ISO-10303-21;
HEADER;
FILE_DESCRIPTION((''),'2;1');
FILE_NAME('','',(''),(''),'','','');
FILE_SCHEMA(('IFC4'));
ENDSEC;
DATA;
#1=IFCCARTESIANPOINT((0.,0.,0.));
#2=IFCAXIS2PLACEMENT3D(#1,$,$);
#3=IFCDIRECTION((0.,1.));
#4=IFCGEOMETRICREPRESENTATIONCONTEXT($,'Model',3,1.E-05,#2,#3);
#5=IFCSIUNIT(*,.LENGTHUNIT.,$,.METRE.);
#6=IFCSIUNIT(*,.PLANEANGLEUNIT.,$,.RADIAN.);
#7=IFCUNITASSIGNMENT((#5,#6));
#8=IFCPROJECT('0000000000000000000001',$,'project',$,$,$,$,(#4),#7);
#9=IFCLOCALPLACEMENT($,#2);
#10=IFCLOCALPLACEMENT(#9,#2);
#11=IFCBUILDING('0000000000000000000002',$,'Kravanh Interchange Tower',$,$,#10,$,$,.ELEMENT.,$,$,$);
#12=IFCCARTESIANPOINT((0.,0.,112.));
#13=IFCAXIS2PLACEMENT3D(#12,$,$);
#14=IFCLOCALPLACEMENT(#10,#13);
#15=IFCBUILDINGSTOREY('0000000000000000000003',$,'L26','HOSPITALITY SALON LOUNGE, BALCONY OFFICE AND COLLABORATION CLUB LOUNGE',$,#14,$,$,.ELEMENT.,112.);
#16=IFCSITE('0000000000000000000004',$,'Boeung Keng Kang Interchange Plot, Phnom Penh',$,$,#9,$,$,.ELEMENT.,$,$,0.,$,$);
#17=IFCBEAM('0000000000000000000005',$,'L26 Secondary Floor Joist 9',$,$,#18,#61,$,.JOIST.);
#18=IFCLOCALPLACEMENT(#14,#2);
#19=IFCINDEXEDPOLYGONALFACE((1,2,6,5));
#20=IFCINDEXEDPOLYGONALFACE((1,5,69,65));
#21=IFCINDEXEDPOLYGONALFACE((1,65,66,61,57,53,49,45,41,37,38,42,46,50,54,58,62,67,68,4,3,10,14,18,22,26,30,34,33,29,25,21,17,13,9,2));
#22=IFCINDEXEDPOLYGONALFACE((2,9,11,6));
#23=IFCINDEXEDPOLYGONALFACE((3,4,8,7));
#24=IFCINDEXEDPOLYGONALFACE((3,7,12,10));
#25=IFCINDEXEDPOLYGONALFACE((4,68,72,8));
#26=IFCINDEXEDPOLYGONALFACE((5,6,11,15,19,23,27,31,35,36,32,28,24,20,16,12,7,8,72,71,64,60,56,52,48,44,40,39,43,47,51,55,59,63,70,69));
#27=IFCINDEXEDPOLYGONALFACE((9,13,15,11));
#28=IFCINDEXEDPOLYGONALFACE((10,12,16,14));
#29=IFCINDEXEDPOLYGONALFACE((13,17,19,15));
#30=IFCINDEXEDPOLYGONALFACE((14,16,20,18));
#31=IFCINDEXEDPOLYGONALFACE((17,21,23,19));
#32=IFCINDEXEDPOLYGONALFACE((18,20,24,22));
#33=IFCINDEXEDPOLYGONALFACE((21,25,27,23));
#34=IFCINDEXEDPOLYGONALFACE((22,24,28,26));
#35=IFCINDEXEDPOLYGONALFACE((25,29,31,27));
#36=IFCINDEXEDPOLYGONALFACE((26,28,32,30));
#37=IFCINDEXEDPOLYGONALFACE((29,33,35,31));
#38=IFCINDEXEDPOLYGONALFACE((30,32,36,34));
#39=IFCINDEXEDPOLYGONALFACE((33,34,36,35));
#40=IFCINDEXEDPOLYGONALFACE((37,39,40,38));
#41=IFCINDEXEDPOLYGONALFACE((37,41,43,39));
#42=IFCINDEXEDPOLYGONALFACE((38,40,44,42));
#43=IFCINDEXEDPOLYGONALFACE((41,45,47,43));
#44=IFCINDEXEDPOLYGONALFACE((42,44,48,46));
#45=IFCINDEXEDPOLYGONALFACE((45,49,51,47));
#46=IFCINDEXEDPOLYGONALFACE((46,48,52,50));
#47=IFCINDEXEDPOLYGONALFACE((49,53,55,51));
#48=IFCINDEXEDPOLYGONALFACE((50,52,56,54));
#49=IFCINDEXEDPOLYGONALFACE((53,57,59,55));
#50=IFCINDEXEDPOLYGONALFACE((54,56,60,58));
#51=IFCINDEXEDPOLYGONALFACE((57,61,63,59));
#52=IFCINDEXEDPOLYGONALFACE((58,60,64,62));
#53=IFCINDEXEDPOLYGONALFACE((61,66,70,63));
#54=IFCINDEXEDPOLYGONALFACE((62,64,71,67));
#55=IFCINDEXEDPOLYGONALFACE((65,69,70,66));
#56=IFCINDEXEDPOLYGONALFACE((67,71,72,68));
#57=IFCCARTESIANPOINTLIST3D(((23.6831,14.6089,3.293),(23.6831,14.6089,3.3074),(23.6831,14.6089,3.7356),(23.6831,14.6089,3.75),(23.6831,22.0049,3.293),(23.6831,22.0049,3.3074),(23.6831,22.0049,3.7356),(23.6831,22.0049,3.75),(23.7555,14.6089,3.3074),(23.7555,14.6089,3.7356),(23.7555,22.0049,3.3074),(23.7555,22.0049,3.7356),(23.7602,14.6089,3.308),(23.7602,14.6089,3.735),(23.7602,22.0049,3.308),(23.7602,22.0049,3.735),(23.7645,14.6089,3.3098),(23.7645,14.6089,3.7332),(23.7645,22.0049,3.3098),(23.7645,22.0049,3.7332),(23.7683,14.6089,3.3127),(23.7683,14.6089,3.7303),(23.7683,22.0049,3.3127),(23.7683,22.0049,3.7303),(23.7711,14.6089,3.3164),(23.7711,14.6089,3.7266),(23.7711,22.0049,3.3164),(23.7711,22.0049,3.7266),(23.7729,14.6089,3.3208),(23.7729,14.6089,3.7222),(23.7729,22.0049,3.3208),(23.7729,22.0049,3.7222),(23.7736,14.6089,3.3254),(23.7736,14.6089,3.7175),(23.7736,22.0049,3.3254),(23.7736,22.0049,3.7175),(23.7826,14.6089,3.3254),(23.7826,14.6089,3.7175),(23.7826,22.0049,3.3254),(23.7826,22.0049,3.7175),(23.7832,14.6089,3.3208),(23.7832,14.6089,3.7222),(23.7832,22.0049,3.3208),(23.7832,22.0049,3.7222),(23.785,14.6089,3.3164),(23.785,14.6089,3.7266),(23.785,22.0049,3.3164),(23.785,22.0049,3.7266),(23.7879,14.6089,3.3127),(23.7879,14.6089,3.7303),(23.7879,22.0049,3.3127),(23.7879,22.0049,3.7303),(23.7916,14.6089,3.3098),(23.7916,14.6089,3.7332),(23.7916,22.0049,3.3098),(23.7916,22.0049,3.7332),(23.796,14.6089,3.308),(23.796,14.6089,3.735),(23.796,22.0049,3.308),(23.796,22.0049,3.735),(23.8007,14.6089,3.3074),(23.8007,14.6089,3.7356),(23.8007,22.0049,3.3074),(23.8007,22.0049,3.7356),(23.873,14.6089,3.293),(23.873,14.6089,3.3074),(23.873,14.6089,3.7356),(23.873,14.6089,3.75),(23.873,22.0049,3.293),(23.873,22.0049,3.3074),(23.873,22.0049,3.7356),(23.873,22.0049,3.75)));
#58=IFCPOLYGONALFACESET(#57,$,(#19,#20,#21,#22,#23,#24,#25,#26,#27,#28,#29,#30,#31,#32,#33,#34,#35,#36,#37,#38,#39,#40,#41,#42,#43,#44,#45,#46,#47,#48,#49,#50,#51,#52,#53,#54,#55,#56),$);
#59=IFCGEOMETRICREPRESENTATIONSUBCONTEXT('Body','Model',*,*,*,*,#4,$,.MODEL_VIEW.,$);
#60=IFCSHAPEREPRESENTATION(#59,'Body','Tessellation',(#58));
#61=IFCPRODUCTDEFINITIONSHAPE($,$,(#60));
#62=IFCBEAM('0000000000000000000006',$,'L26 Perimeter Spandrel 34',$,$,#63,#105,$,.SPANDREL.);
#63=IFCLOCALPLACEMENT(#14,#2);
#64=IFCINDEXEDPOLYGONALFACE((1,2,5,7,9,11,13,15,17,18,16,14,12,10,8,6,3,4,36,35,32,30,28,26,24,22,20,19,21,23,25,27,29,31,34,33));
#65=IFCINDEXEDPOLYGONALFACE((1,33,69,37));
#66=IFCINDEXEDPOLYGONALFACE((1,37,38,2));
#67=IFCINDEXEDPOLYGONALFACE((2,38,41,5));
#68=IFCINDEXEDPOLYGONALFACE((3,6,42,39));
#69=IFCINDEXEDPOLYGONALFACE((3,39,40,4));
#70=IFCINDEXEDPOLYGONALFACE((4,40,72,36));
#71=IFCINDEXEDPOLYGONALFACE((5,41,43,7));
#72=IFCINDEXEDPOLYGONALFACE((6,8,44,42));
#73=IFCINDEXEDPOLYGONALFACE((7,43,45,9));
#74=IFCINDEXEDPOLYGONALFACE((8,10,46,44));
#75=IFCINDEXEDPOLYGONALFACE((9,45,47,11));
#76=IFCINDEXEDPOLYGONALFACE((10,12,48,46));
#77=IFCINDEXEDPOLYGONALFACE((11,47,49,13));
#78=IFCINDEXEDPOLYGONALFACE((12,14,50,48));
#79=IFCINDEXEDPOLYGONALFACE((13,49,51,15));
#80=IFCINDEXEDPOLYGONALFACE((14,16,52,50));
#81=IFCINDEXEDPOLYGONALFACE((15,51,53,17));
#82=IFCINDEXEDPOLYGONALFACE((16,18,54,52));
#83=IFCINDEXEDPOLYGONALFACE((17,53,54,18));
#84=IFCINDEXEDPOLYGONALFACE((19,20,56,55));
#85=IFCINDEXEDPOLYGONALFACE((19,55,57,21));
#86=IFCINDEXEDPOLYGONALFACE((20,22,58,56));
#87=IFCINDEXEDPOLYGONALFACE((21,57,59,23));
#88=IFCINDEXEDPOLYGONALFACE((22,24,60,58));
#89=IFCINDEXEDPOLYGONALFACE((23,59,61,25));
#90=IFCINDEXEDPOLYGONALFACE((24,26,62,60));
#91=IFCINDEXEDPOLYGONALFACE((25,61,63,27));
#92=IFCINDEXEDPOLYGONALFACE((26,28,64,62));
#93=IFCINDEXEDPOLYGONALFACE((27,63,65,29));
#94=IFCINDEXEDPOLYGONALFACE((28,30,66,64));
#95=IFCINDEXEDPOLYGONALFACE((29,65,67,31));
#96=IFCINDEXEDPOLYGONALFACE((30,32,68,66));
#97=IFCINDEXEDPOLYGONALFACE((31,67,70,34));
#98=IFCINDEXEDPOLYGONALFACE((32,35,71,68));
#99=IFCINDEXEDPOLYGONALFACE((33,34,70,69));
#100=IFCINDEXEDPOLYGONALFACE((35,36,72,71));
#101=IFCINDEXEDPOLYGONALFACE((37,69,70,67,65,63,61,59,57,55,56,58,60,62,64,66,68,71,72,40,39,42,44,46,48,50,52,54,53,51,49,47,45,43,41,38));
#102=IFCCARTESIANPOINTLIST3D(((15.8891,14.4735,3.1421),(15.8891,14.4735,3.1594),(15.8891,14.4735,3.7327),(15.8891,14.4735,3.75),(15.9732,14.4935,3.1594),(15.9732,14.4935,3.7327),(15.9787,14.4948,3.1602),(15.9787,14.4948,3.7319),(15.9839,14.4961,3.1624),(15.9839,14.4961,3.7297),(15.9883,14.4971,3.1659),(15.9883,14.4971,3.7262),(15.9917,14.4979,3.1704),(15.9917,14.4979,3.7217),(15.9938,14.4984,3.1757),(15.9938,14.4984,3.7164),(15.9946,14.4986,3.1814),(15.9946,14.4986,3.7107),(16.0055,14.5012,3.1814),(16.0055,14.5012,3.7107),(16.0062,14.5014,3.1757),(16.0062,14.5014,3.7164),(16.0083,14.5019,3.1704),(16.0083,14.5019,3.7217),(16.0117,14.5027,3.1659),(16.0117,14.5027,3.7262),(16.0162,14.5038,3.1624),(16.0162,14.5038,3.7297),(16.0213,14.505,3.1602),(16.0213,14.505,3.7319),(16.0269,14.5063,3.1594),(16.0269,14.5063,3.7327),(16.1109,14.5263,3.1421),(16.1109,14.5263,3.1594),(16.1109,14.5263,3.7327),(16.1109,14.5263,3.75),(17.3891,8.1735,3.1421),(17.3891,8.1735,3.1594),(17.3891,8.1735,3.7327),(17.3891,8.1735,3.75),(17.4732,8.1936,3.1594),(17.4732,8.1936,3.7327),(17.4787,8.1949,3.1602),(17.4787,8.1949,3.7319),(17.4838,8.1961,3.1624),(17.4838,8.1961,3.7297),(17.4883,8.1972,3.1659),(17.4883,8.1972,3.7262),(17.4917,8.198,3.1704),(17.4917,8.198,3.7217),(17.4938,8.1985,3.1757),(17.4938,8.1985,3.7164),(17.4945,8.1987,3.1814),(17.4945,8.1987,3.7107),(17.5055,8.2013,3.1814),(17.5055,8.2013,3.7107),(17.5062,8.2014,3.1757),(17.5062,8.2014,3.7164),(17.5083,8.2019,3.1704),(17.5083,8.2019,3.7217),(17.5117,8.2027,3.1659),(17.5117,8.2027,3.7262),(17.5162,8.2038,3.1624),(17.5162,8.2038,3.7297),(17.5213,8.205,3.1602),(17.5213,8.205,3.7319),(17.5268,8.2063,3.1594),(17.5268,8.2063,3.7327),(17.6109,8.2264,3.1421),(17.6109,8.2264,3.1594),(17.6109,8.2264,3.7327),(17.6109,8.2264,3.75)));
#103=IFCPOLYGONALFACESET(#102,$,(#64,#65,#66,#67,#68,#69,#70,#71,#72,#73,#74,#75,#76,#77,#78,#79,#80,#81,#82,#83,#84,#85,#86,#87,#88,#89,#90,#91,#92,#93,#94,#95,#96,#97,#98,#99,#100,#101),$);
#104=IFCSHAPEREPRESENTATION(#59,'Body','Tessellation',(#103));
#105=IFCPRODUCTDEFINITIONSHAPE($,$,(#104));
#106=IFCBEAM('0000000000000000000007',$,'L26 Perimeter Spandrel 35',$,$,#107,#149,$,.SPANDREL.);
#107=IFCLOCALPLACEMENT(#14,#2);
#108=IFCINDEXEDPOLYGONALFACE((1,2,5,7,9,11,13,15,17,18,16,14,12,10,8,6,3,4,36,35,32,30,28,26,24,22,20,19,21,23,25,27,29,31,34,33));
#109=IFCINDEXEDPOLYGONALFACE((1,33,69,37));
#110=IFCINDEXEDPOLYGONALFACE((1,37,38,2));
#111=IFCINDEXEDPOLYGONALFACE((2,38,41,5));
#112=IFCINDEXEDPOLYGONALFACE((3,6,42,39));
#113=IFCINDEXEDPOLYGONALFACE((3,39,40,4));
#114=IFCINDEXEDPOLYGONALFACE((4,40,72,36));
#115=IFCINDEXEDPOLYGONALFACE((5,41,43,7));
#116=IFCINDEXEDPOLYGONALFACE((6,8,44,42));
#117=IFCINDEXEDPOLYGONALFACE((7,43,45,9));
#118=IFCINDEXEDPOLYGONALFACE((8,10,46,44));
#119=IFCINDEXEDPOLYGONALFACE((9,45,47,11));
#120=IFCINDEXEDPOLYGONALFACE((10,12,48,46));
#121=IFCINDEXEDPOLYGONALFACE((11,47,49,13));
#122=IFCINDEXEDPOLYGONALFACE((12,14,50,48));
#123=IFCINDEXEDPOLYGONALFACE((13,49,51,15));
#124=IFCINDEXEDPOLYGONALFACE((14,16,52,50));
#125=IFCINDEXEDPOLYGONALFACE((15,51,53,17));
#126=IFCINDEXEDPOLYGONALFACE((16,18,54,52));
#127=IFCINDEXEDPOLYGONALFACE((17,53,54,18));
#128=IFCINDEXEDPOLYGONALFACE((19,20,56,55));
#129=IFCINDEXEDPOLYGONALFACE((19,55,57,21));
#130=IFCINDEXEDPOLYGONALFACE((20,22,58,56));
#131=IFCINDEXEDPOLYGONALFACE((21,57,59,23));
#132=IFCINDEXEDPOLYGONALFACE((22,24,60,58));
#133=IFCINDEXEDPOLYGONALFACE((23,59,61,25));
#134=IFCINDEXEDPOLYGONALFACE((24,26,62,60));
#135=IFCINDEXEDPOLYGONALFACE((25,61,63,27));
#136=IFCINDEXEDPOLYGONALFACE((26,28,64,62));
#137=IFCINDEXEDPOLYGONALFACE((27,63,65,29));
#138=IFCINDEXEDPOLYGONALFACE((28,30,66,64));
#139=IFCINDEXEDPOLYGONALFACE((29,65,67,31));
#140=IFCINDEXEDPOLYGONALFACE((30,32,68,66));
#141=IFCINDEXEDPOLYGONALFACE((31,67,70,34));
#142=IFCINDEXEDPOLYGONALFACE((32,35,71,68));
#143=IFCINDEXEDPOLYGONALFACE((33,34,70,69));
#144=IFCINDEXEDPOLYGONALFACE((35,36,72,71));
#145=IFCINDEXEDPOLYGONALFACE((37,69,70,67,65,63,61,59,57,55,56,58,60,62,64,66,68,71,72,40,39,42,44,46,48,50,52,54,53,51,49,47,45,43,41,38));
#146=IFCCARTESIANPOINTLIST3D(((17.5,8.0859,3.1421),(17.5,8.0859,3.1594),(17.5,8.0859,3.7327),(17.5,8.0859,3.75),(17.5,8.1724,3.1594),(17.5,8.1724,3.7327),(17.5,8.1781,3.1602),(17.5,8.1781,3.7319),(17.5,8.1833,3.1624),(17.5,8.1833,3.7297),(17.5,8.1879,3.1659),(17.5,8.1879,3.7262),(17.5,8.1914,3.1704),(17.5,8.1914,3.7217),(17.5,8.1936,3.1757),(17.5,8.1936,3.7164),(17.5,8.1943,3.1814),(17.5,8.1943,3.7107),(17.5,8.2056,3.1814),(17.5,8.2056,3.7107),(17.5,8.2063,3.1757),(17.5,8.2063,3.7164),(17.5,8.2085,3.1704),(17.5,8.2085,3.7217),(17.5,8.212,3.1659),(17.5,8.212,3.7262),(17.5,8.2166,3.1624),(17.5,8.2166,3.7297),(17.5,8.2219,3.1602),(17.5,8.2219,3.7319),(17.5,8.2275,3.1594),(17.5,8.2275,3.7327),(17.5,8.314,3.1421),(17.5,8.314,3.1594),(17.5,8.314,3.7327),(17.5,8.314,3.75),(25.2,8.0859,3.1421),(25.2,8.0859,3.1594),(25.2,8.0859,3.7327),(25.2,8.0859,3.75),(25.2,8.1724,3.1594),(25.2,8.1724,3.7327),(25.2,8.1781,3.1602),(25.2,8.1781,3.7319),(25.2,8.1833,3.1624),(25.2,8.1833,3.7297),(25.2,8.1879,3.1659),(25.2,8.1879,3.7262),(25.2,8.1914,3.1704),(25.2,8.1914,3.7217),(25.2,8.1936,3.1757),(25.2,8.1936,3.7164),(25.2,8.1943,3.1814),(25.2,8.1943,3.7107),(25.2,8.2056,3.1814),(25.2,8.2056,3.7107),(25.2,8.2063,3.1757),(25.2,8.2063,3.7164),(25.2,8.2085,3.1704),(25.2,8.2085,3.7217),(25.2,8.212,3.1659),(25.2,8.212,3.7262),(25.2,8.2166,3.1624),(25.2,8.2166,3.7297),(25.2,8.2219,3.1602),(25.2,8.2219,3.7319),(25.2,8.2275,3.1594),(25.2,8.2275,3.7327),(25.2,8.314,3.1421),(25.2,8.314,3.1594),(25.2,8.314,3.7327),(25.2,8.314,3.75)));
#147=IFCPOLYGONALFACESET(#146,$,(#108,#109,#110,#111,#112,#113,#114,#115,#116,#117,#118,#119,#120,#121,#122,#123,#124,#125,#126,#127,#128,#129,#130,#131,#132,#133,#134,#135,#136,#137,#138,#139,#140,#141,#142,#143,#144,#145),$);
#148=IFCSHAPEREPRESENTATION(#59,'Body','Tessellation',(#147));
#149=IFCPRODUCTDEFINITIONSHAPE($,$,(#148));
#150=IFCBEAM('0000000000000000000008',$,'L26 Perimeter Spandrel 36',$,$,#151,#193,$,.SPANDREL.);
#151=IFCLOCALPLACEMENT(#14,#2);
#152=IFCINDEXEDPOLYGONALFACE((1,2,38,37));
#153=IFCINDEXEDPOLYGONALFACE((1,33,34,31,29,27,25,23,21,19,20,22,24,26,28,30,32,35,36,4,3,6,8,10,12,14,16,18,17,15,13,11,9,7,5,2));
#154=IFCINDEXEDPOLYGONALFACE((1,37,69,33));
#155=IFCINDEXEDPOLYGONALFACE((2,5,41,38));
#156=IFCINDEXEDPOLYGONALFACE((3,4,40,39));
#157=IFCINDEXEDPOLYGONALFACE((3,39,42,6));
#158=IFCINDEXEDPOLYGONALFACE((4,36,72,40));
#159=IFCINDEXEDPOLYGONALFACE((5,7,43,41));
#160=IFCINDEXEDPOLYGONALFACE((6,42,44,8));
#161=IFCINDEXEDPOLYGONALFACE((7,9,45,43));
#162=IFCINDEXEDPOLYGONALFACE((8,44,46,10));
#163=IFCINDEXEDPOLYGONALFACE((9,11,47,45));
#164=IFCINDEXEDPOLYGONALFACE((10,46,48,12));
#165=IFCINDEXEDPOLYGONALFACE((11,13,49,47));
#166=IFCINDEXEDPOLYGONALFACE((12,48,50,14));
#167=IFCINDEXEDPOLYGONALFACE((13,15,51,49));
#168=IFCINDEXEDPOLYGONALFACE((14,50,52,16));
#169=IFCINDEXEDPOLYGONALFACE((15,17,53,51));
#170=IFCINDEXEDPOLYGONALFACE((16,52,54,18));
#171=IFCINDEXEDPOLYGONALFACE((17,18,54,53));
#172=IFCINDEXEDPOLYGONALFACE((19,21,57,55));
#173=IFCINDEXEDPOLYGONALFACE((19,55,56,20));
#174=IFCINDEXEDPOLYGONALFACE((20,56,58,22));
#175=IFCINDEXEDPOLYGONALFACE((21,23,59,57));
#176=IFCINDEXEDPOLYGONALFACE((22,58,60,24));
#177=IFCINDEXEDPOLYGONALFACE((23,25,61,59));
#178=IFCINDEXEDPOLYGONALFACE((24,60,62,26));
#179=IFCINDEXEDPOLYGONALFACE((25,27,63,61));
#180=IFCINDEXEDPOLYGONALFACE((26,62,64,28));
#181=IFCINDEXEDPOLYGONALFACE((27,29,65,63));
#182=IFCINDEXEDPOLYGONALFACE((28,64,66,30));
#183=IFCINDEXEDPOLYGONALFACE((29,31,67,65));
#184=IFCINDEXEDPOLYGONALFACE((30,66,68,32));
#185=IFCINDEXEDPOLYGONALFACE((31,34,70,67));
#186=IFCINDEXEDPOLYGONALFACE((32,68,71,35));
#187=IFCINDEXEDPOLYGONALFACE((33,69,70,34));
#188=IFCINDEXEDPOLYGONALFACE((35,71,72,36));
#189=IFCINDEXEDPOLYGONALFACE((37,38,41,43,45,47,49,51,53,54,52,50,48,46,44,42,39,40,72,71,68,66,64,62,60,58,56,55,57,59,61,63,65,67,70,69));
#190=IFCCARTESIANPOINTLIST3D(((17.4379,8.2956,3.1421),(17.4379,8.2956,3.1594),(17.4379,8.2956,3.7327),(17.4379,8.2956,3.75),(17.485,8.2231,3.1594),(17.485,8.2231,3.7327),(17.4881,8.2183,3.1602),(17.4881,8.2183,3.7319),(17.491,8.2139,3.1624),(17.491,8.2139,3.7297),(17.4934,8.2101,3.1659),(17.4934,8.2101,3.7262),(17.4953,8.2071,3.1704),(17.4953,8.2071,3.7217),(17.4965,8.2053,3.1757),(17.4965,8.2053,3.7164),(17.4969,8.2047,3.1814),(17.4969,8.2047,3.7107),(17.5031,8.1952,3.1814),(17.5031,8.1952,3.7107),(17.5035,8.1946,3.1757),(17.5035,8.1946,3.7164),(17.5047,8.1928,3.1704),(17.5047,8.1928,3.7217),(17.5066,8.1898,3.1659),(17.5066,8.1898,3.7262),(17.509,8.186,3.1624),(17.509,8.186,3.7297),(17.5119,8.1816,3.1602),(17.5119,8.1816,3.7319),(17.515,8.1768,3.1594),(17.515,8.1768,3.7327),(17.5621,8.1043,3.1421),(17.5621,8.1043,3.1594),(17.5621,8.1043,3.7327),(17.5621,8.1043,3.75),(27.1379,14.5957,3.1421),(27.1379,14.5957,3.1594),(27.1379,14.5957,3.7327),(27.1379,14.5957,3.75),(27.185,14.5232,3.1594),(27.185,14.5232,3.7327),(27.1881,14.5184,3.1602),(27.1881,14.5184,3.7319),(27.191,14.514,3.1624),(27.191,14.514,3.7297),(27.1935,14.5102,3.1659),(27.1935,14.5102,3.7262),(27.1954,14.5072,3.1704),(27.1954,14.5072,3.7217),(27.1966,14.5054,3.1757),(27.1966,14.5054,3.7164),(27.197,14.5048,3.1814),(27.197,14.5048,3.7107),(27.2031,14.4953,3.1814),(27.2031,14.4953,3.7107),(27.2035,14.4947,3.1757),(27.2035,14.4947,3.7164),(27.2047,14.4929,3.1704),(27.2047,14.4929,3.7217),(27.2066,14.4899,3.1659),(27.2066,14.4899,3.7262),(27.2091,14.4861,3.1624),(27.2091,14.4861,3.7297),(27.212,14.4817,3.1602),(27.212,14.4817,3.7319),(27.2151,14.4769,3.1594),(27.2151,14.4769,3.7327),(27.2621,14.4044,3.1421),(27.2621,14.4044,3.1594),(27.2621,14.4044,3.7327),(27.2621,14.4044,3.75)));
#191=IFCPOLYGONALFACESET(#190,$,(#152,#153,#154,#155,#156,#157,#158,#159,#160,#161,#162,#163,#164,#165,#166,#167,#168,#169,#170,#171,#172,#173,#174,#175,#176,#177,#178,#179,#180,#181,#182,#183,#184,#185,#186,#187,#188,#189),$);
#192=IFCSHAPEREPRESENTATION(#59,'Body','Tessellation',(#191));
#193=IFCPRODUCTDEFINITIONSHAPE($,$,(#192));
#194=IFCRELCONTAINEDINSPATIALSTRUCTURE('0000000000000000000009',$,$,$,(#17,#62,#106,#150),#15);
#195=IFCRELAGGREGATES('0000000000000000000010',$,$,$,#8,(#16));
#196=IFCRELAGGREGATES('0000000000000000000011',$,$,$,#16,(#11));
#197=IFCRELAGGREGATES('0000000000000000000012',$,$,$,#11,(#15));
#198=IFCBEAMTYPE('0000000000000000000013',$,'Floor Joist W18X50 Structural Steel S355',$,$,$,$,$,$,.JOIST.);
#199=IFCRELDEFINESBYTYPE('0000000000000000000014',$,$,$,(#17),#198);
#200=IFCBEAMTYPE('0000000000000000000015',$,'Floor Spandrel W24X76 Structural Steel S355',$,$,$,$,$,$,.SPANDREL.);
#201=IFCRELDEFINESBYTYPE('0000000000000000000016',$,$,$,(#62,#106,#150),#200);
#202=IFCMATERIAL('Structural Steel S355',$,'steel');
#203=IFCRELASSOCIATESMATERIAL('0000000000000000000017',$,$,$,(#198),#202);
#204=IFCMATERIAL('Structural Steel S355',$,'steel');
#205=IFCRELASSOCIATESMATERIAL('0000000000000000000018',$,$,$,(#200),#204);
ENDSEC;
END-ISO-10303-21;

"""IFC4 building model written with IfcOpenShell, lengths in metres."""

from ifc_helpers import new_model, si_unit, direction, frame, origin, origin_2d, place, context, subcontext, project, spatial, i_section, extrude, material, material_profile, profile_set, type_object, element, save


model = new_model("IFC4")

# Units and contexts
model_context = context("Model", 3, precision=1e-05, world=origin(), true_north=direction((0.0, 1.0)))
body_context = subcontext(model_context, "Body", "Model", "MODEL_VIEW")
ifc_project = project(units=[si_unit("LENGTHUNIT", "METRE"), si_unit("PLANEANGLEUNIT", "RADIAN")], contexts=[model_context])

# Site, building, storey
site_placement = place(None, origin())
site = spatial("IfcSite", under=ifc_project, at=site_placement, Name="Boeung Keng Kang Interchange Plot, Phnom Penh", CompositionType="ELEMENT", RefElevation=0.0)
building_placement = place(site_placement, origin())
building = spatial("IfcBuilding", under=site, at=building_placement, Name="Kravanh Interchange Tower", CompositionType="ELEMENT")
storey_placement = place(building_placement, frame((0.0, 0.0, 112.0)))
storey = spatial("IfcBuildingStorey", under=building, at=storey_placement, Name="L26", Description="HOSPITALITY SALON LOUNGE, BALCONY OFFICE AND COLLABORATION CLUB LOUNGE", CompositionType="ELEMENT", Elevation=112.0)

# Beams
ifc_material_1 = material(Name="Structural Steel S355", Category="steel")
ifc_material_profile_1 = material_profile(ifc_material_1, i_section(OverallWidth=0.1899, OverallDepth=0.457, WebThickness=0.009, FlangeThickness=0.0144, FilletRadius=0.0181, at=origin_2d()), Name="W18X50")
ifc_profile_set_1 = profile_set([ifc_material_profile_1], Name="Structural Steel S355")
beam_type_1 = type_object("IfcBeamType", Name="Floor Joist W18X50 Structural Steel S355", PredefinedType="JOIST", material=ifc_profile_set_1)
for number, where, z_axis, x_axis, name in (
    (1, (23.7781, 14.6089, 3.5215), (0.0, 1.0, 0.0), (-1.0, 0.0, 0.0), "L26 Secondary Floor Joist 9"),
):
    element("IfcBeam", number, at=place(storey_placement, frame(where, z_axis=z_axis, x_axis=x_axis)), inside=storey, type_object=beam_type_1, Name=name, PredefinedType="JOIST", context=body_context, shape_type="SweptSolid", body=[
        extrude(i_section(OverallWidth=0.1899, OverallDepth=0.457, WebThickness=0.009, FlangeThickness=0.0144, FilletRadius=0.0181, at=origin_2d()), origin(), (0.0, 0.0, 1.0), 7.396),
    ])
ifc_material_2 = material(Name="Structural Steel S355", Category="steel")
ifc_material_profile_2 = material_profile(ifc_material_2, i_section(OverallWidth=0.228, OverallDepth=0.6079, WebThickness=0.0112, FlangeThickness=0.0173, FilletRadius=0.022, at=origin_2d()), Name="W24X76")
ifc_profile_set_2 = profile_set([ifc_material_profile_2], Name="Structural Steel S355")
beam_type_2 = type_object("IfcBeamType", Name="Floor Spandrel W24X76 Structural Steel S355", PredefinedType="SPANDREL", material=ifc_profile_set_2)
beam_1_placement = place(storey_placement, frame((17.5, 8.2, 3.446), z_axis=(-0.231619, 0.972807, 0.0), x_axis=(-0.972807, -0.231619, 0.0)))
element("IfcBeam", 2, at=beam_1_placement, inside=storey, type_object=beam_type_2, Name="L26 Perimeter Spandrel 34", PredefinedType="SPANDREL", context=body_context, shape_type="SweptSolid", body=[
    extrude(i_section(OverallWidth=0.228, OverallDepth=0.6079, WebThickness=0.0112, FlangeThickness=0.0173, FilletRadius=0.022, at=origin_2d()), origin(), (0.0, 0.0, 1.0), 6.4761),
])
beam_2_placement = place(storey_placement, frame((17.5, 8.2, 3.446), z_axis=(1.0, 0.0, 0.0), x_axis=(0.0, 1.0, 0.0)))
element("IfcBeam", 3, at=beam_2_placement, inside=storey, type_object=beam_type_2, Name="L26 Perimeter Spandrel 35", PredefinedType="SPANDREL", context=body_context, shape_type="SweptSolid", body=[
    extrude(i_section(OverallWidth=0.228, OverallDepth=0.6079, WebThickness=0.0112, FlangeThickness=0.0173, FilletRadius=0.022, at=origin_2d()), origin(), (0.0, 0.0, 1.0), 7.7),
])
beam_3_placement = place(storey_placement, frame((17.5, 8.2, 3.446), z_axis=(0.838638, 0.544689, 0.0), x_axis=(-0.544689, 0.838638, 0.0)))
element("IfcBeam", 4, at=beam_3_placement, inside=storey, type_object=beam_type_2, Name="L26 Perimeter Spandrel 36", PredefinedType="SPANDREL", context=body_context, shape_type="SweptSolid", body=[
    extrude(i_section(OverallWidth=0.228, OverallDepth=0.6079, WebThickness=0.0112, FlangeThickness=0.0173, FilletRadius=0.022, at=origin_2d()), origin(), (0.0, 0.0, 1.0), 11.5664),
])

save(model, "model.ifc")
